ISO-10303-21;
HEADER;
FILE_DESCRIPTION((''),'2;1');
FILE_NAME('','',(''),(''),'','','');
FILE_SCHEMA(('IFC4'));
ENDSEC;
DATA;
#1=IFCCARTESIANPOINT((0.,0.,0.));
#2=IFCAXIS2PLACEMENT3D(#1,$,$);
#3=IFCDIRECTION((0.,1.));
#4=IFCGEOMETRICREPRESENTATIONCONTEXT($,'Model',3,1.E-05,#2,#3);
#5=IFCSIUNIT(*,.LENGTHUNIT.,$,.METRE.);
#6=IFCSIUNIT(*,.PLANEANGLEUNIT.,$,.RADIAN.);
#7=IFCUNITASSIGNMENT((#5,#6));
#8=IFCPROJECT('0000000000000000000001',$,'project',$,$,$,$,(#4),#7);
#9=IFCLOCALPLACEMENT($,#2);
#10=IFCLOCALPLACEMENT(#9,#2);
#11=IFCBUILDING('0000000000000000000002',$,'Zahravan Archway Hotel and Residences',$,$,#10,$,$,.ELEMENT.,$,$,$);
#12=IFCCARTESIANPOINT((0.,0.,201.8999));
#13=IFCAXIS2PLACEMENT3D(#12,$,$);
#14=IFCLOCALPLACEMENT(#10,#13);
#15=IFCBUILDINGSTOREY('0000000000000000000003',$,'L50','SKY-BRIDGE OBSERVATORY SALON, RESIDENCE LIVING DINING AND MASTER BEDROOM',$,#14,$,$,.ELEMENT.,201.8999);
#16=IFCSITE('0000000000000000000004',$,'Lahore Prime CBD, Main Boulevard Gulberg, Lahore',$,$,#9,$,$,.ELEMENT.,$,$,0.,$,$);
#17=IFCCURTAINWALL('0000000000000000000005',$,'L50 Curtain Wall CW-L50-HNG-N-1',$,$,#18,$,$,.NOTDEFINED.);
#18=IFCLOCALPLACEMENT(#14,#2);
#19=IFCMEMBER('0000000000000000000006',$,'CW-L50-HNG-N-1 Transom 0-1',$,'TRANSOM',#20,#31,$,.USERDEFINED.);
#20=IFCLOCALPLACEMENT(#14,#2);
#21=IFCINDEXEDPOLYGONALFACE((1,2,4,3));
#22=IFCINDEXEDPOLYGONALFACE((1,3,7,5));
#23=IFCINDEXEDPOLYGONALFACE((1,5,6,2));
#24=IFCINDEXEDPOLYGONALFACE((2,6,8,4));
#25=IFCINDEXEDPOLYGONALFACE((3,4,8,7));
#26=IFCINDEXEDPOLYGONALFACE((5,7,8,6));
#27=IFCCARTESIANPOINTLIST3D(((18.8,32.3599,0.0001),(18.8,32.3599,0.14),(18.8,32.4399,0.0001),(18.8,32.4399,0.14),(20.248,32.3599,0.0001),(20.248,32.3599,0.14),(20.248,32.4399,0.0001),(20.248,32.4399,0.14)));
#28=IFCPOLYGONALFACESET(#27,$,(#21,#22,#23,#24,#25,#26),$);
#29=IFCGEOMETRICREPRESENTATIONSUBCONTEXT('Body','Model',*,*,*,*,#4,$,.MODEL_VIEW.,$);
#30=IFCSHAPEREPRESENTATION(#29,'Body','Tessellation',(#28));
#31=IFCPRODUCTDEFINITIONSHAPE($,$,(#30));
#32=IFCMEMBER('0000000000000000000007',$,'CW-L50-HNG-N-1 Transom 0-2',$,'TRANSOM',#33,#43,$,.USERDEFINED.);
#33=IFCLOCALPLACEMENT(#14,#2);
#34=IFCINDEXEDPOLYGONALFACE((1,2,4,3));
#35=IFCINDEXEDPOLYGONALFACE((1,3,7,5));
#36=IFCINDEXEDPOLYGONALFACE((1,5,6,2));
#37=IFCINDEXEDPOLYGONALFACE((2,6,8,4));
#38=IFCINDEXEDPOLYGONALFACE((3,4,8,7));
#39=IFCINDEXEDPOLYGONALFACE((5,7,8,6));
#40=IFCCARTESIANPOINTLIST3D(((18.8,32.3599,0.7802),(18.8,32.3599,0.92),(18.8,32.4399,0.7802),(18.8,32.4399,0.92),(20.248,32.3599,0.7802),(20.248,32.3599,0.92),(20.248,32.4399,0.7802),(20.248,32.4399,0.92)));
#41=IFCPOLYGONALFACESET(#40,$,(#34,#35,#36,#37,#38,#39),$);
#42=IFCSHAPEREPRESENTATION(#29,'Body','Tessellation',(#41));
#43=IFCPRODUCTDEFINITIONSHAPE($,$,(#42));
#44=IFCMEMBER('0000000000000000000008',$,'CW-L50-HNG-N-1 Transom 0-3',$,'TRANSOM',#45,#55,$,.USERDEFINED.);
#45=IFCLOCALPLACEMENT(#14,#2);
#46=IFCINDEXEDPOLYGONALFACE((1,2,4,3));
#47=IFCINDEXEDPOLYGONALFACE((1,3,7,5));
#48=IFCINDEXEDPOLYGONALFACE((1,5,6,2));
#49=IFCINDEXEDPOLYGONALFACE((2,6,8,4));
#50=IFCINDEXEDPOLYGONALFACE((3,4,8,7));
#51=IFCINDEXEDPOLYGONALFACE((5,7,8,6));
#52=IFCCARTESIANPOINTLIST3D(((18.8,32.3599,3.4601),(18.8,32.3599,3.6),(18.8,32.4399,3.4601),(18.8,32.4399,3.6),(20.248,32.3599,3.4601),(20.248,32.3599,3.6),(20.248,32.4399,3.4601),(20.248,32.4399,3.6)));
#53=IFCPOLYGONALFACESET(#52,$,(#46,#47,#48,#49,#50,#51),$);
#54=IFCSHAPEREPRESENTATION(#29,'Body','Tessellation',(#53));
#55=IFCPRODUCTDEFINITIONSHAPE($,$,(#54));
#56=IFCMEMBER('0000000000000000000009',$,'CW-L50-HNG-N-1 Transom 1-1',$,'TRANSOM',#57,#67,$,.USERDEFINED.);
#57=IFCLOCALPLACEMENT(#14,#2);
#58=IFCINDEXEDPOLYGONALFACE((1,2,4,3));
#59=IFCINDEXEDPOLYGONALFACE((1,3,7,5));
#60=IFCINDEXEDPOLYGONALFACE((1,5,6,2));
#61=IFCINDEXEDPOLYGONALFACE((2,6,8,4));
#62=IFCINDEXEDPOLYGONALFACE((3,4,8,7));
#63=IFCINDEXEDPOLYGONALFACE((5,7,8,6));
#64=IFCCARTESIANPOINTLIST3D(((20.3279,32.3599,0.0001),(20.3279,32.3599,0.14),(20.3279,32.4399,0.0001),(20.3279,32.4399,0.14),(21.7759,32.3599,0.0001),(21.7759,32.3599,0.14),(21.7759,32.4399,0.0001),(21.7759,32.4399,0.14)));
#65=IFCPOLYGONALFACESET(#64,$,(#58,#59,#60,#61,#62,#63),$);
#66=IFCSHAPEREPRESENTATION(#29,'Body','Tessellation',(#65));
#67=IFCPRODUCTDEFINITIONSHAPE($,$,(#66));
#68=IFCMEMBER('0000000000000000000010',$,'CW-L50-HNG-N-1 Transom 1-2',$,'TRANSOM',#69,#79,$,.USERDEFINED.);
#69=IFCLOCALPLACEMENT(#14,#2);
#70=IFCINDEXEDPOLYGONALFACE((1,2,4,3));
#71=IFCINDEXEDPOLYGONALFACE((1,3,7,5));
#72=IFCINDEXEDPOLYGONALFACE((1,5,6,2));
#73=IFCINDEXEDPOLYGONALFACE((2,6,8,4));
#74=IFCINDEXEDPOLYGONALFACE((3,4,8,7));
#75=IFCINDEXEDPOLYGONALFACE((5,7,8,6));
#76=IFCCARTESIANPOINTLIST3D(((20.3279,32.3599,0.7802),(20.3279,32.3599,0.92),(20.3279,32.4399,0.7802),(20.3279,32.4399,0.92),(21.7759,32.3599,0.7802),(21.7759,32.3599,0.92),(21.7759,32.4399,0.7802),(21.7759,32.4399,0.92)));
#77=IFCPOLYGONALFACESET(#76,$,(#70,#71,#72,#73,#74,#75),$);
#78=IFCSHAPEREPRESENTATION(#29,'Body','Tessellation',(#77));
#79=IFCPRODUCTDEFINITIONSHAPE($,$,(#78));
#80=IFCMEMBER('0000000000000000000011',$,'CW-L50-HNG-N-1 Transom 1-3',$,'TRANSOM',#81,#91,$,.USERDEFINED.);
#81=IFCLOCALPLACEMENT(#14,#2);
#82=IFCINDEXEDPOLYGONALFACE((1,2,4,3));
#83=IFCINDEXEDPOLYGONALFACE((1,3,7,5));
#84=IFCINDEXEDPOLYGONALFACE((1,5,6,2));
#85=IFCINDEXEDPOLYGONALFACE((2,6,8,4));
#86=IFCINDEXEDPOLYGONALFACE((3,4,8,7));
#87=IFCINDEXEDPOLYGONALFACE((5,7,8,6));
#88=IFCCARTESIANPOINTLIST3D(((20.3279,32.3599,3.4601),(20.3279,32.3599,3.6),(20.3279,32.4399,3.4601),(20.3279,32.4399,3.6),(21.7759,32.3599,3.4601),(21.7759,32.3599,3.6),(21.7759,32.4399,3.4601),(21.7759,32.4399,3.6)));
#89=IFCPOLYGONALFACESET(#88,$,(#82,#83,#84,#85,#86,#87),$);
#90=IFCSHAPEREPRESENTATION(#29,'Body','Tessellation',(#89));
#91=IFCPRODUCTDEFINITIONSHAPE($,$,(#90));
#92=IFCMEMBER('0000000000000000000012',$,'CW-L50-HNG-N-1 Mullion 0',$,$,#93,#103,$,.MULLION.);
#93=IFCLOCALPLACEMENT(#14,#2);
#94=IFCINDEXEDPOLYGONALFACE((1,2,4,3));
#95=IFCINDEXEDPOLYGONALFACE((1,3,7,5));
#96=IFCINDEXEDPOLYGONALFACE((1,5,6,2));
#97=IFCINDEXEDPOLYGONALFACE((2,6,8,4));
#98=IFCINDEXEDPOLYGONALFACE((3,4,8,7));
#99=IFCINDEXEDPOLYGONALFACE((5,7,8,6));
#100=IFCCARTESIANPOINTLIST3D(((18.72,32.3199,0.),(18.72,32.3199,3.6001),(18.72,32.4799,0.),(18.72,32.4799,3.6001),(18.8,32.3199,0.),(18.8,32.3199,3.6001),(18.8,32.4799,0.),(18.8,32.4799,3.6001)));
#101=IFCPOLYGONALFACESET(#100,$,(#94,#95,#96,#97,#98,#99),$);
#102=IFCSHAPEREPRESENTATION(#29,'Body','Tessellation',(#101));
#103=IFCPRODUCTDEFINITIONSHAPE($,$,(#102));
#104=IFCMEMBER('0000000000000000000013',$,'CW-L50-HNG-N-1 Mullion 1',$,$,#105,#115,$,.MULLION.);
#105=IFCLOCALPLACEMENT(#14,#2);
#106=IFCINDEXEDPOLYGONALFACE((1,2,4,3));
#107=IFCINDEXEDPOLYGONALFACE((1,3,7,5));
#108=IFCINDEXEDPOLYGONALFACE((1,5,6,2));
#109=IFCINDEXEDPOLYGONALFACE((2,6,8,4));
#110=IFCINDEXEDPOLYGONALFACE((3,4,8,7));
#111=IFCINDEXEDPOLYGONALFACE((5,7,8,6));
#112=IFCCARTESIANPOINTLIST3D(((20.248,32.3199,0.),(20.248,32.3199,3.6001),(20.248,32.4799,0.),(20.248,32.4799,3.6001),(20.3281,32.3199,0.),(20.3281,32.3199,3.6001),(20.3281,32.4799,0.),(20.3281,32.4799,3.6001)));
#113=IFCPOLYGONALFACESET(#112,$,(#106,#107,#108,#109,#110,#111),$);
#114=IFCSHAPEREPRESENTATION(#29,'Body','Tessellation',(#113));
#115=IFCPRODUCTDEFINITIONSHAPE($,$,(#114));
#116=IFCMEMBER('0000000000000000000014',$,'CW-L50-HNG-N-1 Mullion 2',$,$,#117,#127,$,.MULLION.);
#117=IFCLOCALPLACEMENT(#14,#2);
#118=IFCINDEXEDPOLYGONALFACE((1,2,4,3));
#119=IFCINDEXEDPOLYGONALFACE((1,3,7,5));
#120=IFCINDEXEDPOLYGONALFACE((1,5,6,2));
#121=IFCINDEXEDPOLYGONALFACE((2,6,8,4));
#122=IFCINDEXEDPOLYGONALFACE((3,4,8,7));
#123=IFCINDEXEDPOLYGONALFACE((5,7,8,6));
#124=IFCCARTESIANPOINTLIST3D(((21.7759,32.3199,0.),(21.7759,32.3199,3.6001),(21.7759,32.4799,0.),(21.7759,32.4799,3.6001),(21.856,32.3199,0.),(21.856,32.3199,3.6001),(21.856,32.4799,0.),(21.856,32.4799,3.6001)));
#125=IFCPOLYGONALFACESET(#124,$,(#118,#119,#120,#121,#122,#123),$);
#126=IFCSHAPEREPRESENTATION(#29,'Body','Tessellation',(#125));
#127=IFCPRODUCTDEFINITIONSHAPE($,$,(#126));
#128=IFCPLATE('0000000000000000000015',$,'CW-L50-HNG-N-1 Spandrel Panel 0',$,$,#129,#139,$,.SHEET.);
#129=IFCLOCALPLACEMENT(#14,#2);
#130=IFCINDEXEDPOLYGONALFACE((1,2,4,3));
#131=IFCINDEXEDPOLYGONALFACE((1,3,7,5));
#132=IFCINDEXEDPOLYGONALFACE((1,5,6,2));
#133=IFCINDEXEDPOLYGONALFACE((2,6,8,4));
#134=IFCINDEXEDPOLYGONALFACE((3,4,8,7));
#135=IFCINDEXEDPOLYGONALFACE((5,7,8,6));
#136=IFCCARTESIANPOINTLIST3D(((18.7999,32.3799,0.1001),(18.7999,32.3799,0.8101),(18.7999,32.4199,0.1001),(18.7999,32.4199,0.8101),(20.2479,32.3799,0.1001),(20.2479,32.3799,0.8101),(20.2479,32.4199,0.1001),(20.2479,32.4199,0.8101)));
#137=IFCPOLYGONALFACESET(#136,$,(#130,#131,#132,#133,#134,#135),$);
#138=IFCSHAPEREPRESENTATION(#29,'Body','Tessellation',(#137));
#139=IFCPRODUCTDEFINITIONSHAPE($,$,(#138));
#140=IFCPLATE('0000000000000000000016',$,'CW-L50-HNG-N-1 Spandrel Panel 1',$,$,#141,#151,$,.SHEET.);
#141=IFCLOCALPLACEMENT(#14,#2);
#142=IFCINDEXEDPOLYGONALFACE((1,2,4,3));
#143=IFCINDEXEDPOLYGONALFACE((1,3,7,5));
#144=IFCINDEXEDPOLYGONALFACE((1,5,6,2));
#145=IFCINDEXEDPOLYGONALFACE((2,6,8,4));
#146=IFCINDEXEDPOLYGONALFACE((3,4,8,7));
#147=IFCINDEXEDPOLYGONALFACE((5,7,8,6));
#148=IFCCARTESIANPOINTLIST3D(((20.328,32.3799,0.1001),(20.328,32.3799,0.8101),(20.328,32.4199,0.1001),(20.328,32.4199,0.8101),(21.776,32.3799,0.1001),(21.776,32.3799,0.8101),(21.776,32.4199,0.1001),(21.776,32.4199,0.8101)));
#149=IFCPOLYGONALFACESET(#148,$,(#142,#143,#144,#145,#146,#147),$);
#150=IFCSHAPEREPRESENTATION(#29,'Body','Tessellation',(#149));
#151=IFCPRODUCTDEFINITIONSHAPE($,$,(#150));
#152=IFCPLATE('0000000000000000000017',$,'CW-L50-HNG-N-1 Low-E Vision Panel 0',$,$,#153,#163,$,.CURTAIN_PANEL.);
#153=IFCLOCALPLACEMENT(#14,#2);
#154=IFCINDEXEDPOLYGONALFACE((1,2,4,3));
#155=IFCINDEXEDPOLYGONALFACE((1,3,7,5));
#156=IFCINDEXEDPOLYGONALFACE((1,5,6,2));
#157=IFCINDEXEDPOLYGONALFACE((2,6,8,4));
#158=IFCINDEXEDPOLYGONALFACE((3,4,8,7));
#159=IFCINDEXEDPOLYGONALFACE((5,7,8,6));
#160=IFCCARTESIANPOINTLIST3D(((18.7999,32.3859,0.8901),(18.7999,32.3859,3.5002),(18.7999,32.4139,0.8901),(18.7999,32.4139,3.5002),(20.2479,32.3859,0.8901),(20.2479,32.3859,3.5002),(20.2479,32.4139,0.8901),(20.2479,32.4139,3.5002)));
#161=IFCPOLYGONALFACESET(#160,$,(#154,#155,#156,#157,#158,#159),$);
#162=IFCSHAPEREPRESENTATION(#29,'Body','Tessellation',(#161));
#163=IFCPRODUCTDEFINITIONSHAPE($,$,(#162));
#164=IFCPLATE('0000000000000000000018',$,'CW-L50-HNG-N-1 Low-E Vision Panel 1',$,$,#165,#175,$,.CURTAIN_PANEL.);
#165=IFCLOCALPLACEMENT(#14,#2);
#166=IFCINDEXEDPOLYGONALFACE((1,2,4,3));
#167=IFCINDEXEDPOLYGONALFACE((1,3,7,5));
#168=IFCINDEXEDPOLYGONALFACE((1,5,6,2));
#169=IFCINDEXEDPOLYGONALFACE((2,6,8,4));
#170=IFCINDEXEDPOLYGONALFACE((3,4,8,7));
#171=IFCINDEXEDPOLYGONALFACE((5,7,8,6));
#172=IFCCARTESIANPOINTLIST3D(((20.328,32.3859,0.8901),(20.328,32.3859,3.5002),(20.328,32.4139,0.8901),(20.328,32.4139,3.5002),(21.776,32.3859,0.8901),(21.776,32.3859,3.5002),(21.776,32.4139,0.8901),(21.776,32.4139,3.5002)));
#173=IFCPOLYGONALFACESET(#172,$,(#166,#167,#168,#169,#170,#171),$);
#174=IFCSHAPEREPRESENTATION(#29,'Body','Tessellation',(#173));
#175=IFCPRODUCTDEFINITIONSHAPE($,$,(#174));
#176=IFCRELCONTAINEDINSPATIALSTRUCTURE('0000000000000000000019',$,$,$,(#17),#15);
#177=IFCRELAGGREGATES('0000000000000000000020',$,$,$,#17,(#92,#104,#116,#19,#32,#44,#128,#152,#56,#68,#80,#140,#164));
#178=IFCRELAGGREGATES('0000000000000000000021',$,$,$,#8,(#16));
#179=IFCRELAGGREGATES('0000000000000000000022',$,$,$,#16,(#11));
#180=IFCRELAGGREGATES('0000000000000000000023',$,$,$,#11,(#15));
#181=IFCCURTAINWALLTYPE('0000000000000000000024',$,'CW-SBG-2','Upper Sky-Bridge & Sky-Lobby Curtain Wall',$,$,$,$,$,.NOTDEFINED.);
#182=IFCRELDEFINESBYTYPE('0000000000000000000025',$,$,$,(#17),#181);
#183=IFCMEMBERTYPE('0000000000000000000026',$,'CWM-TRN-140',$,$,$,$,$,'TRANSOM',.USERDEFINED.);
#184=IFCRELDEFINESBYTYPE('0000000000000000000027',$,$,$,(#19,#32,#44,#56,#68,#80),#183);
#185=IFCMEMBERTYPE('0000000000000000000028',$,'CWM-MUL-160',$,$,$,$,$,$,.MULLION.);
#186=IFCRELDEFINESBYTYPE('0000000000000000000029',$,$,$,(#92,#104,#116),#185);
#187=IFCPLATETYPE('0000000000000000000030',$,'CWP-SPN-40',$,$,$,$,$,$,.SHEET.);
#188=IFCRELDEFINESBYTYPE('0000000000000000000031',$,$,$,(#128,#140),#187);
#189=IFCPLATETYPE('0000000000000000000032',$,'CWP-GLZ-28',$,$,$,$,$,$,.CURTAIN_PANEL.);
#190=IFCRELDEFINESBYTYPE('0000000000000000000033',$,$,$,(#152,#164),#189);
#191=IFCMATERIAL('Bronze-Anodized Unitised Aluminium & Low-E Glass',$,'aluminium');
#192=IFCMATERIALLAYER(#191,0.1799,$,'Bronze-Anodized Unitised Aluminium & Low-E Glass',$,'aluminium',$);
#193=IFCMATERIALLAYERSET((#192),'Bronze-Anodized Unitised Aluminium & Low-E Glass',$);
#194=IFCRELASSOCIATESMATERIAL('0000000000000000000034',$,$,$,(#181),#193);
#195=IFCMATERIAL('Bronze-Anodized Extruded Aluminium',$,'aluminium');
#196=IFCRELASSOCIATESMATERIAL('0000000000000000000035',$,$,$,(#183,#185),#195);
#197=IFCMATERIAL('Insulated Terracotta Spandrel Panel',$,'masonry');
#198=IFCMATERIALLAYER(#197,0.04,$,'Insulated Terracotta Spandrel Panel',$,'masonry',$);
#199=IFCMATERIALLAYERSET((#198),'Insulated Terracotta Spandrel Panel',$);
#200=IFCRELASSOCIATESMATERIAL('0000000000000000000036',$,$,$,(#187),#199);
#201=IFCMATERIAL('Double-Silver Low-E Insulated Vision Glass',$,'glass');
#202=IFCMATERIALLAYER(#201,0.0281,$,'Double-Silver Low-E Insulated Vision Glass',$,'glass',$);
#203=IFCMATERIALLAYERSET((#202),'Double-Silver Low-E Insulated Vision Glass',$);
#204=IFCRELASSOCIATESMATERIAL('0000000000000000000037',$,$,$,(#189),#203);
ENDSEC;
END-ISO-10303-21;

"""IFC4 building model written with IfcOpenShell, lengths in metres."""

from ifc_helpers import new_model, si_unit, direction, frame, origin, origin_2d, place, context, subcontext, project, spatial, rectangle, extrude, source, transform, mapped, material, layer, layer_set, material_profile, profile_set, type_object, element, aggregate, save


model = new_model("IFC4")

# Units and contexts
model_context = context("Model", 3, precision=1e-05, world=origin(), true_north=direction((0.0, 1.0)))
body_context = subcontext(model_context, "Body", "Model", "MODEL_VIEW")
ifc_project = project(units=[si_unit("LENGTHUNIT", "METRE"), si_unit("PLANEANGLEUNIT", "RADIAN")], contexts=[model_context])

# Site, building, storey
site_placement = place(None, origin())
site = spatial("IfcSite", under=ifc_project, at=site_placement, Name="Lahore Prime CBD, Main Boulevard Gulberg, Lahore", CompositionType="ELEMENT", RefElevation=0.0)
building_placement = place(site_placement, origin())
building = spatial("IfcBuilding", under=site, at=building_placement, Name="Zahravan Archway Hotel and Residences", CompositionType="ELEMENT")
storey_placement = place(building_placement, frame((0.0, 0.0, 201.8999)))
storey = spatial("IfcBuildingStorey", under=building, at=storey_placement, Name="L50", Description="SKY-BRIDGE OBSERVATORY SALON, RESIDENCE LIVING DINING AND MASTER BEDROOM", CompositionType="ELEMENT", Elevation=201.8999)

# Curtain wall, members, plates
ifc_material_1 = material(Name="Bronze-Anodized Unitised Aluminium & Low-E Glass", Category="aluminium")
ifc_layer_1 = layer(ifc_material_1, 0.1799, Name="Bronze-Anodized Unitised Aluminium & Low-E Glass", Category="aluminium")
ifc_layer_set_1 = layer_set([ifc_layer_1], Name="Bronze-Anodized Unitised Aluminium & Low-E Glass")
curtain_wall_type = type_object("IfcCurtainWallType", Name="CW-SBG-2", Description="Upper Sky-Bridge & Sky-Lobby Curtain Wall", PredefinedType="NOTDEFINED", material=ifc_layer_set_1)
curtain_wall_placement = place(storey_placement, origin())
curtain_wall = element("IfcCurtainWall", 1, at=curtain_wall_placement, inside=storey, type_object=curtain_wall_type, Name="L50 Curtain Wall CW-L50-HNG-N-1", PredefinedType="NOTDEFINED")
ifc_material_2 = material(Name="Bronze-Anodized Extruded Aluminium", Category="aluminium")
ifc_material_profile_1 = material_profile(ifc_material_2, rectangle(XDim=0.0801, YDim=0.1399, at=origin_2d()), Name="TRN 80x140", Category="aluminium")
ifc_profile_set_1 = profile_set([ifc_material_profile_1], Name="Bronze-Anodized Extruded Aluminium")
member_type_1 = type_object("IfcMemberType", Name="CWM-TRN-140", ElementType="TRANSOM", PredefinedType="USERDEFINED", material=ifc_profile_set_1)
shared_shape_1 = source(origin(), body_context, "Body", "SweptSolid", [
    extrude(rectangle(XDim=0.0801, YDim=0.1399, at=origin_2d()), origin(), (0.0, 0.0, 1.0), 1.448),
])
member_1_placement = place(storey_placement, frame((18.8, 32.3999, 0.0701), z_axis=(1.0, 0.0, 0.0), x_axis=(0.0, 1.0, 0.0)))
member_1 = element("IfcMember", 2, at=member_1_placement, type_object=member_type_1, Name="CW-L50-HNG-N-1 Transom 0-1", ObjectType="TRANSOM", PredefinedType="USERDEFINED", context=body_context, shape_type="MappedRepresentation", body=[
    mapped(shared_shape_1, transform((0.0, 0.0, 0.0), scale=1.0)),
])
member_2_placement = place(storey_placement, frame((18.8, 32.3999, 0.8501), z_axis=(1.0, 0.0, 0.0), x_axis=(0.0, 1.0, 0.0)))
member_2 = element("IfcMember", 3, at=member_2_placement, type_object=member_type_1, Name="CW-L50-HNG-N-1 Transom 0-2", ObjectType="TRANSOM", PredefinedType="USERDEFINED", context=body_context, shape_type="MappedRepresentation", body=[
    mapped(shared_shape_1, transform((0.0, 0.0, 0.0), scale=1.0)),
])
member_3_placement = place(storey_placement, frame((18.8, 32.3999, 3.53), z_axis=(1.0, 0.0, 0.0), x_axis=(0.0, 1.0, 0.0)))
member_3 = element("IfcMember", 4, at=member_3_placement, type_object=member_type_1, Name="CW-L50-HNG-N-1 Transom 0-3", ObjectType="TRANSOM", PredefinedType="USERDEFINED", context=body_context, shape_type="MappedRepresentation", body=[
    mapped(shared_shape_1, transform((0.0, 0.0, 0.0), scale=1.0)),
])
member_4_placement = place(storey_placement, frame((20.3279, 32.3999, 0.0701), z_axis=(1.0, 0.0, 0.0), x_axis=(0.0, 1.0, 0.0)))
member_4 = element("IfcMember", 5, at=member_4_placement, type_object=member_type_1, Name="CW-L50-HNG-N-1 Transom 1-1", ObjectType="TRANSOM", PredefinedType="USERDEFINED", context=body_context, shape_type="MappedRepresentation", body=[
    mapped(shared_shape_1, transform((0.0, 0.0, 0.0), scale=1.0)),
])
member_5_placement = place(storey_placement, frame((20.3279, 32.3999, 0.8501), z_axis=(1.0, 0.0, 0.0), x_axis=(0.0, 1.0, 0.0)))
member_5 = element("IfcMember", 6, at=member_5_placement, type_object=member_type_1, Name="CW-L50-HNG-N-1 Transom 1-2", ObjectType="TRANSOM", PredefinedType="USERDEFINED", context=body_context, shape_type="MappedRepresentation", body=[
    mapped(shared_shape_1, transform((0.0, 0.0, 0.0), scale=1.0)),
])
member_6_placement = place(storey_placement, frame((20.3279, 32.3999, 3.53), z_axis=(1.0, 0.0, 0.0), x_axis=(0.0, 1.0, 0.0)))
member_6 = element("IfcMember", 7, at=member_6_placement, type_object=member_type_1, Name="CW-L50-HNG-N-1 Transom 1-3", ObjectType="TRANSOM", PredefinedType="USERDEFINED", context=body_context, shape_type="MappedRepresentation", body=[
    mapped(shared_shape_1, transform((0.0, 0.0, 0.0), scale=1.0)),
])
ifc_material_profile_2 = material_profile(ifc_material_2, rectangle(XDim=0.0801, YDim=0.1599, at=origin_2d()), Name="MUL 80x160", Category="aluminium")
ifc_profile_set_2 = profile_set([ifc_material_profile_2], Name="Bronze-Anodized Extruded Aluminium")
member_type_2 = type_object("IfcMemberType", Name="CWM-MUL-160", PredefinedType="MULLION", material=ifc_profile_set_2)
shared_shape_2 = source(origin(), body_context, "Body", "SweptSolid", [
    extrude(rectangle(XDim=0.0801, YDim=0.1599, at=origin_2d()), origin(), (0.0, 0.0, 1.0), 3.6001),
])
member_7_placement = place(storey_placement, frame((18.76, 32.3999, 0.0), z_axis=(0.0, 0.0, 1.0), x_axis=(1.0, 0.0, 0.0)))
member_7 = element("IfcMember", 8, at=member_7_placement, type_object=member_type_2, Name="CW-L50-HNG-N-1 Mullion 0", PredefinedType="MULLION", context=body_context, shape_type="MappedRepresentation", body=[
    mapped(shared_shape_2, transform((0.0, 0.0, 0.0), scale=1.0)),
])
member_8_placement = place(storey_placement, frame((20.2881, 32.3999, 0.0), z_axis=(0.0, 0.0, 1.0), x_axis=(1.0, 0.0, 0.0)))
member_8 = element("IfcMember", 9, at=member_8_placement, type_object=member_type_2, Name="CW-L50-HNG-N-1 Mullion 1", PredefinedType="MULLION", context=body_context, shape_type="MappedRepresentation", body=[
    mapped(shared_shape_2, transform((0.0, 0.0, 0.0), scale=1.0)),
])
member_9_placement = place(storey_placement, frame((21.8159, 32.3999, 0.0), z_axis=(0.0, 0.0, 1.0), x_axis=(1.0, 0.0, 0.0)))
member_9 = element("IfcMember", 10, at=member_9_placement, type_object=member_type_2, Name="CW-L50-HNG-N-1 Mullion 2", PredefinedType="MULLION", context=body_context, shape_type="MappedRepresentation", body=[
    mapped(shared_shape_2, transform((0.0, 0.0, 0.0), scale=1.0)),
])
ifc_material_3 = material(Name="Insulated Terracotta Spandrel Panel", Category="masonry")
ifc_layer_2 = layer(ifc_material_3, 0.04, Name="Insulated Terracotta Spandrel Panel", Category="masonry")
ifc_layer_set_2 = layer_set([ifc_layer_2], Name="Insulated Terracotta Spandrel Panel")
plate_type_1 = type_object("IfcPlateType", Name="CWP-SPN-40", PredefinedType="SHEET", material=ifc_layer_set_2)
shared_shape_3 = source(origin(), body_context, "Body", "SweptSolid", [
    extrude(rectangle(XDim=1.448, YDim=0.04, at=origin_2d()), origin(), (0.0, 0.0, 1.0), 0.71),
])
plate_1_placement = place(storey_placement, frame((19.5239, 32.3999, 0.1001), z_axis=(0.0, 0.0, 1.0), x_axis=(1.0, 0.0, 0.0)))
plate_1 = element("IfcPlate", 11, at=plate_1_placement, type_object=plate_type_1, Name="CW-L50-HNG-N-1 Spandrel Panel 0", PredefinedType="SHEET", context=body_context, shape_type="MappedRepresentation", body=[
    mapped(shared_shape_3, transform((0.0, 0.0, 0.0), scale=1.0)),
])
plate_2_placement = place(storey_placement, frame((21.052, 32.3999, 0.1001), z_axis=(0.0, 0.0, 1.0), x_axis=(1.0, 0.0, 0.0)))
plate_2 = element("IfcPlate", 12, at=plate_2_placement, type_object=plate_type_1, Name="CW-L50-HNG-N-1 Spandrel Panel 1", PredefinedType="SHEET", context=body_context, shape_type="MappedRepresentation", body=[
    mapped(shared_shape_3, transform((0.0, 0.0, 0.0), scale=1.0)),
])
ifc_material_4 = material(Name="Double-Silver Low-E Insulated Vision Glass", Category="glass")
ifc_layer_3 = layer(ifc_material_4, 0.0281, Name="Double-Silver Low-E Insulated Vision Glass", Category="glass")
ifc_layer_set_3 = layer_set([ifc_layer_3], Name="Double-Silver Low-E Insulated Vision Glass")
plate_type_2 = type_object("IfcPlateType", Name="CWP-GLZ-28", PredefinedType="CURTAIN_PANEL", material=ifc_layer_set_3)
shared_shape_4 = source(origin(), body_context, "Body", "SweptSolid", [
    extrude(rectangle(XDim=1.448, YDim=0.0281, at=origin_2d()), origin(), (0.0, 0.0, 1.0), 2.6101),
])
plate_3_placement = place(storey_placement, frame((19.5239, 32.3999, 0.8901), z_axis=(0.0, 0.0, 1.0), x_axis=(1.0, 0.0, 0.0)))
plate_3 = element("IfcPlate", 13, at=plate_3_placement, type_object=plate_type_2, Name="CW-L50-HNG-N-1 Low-E Vision Panel 0", PredefinedType="CURTAIN_PANEL", context=body_context, shape_type="MappedRepresentation", body=[
    mapped(shared_shape_4, transform((0.0, 0.0, 0.0), scale=1.0)),
])
plate_4_placement = place(storey_placement, frame((21.052, 32.3999, 0.8901), z_axis=(0.0, 0.0, 1.0), x_axis=(1.0, 0.0, 0.0)))
plate_4 = element("IfcPlate", 14, at=plate_4_placement, type_object=plate_type_2, Name="CW-L50-HNG-N-1 Low-E Vision Panel 1", PredefinedType="CURTAIN_PANEL", context=body_context, shape_type="MappedRepresentation", body=[
    mapped(shared_shape_4, transform((0.0, 0.0, 0.0), scale=1.0)),
])
aggregate(curtain_wall, [member_7, member_8, member_9, member_1, member_2, member_3, plate_1, plate_3, member_4, member_5, member_6, plate_2, plate_4])

save(model, "model.ifc")
